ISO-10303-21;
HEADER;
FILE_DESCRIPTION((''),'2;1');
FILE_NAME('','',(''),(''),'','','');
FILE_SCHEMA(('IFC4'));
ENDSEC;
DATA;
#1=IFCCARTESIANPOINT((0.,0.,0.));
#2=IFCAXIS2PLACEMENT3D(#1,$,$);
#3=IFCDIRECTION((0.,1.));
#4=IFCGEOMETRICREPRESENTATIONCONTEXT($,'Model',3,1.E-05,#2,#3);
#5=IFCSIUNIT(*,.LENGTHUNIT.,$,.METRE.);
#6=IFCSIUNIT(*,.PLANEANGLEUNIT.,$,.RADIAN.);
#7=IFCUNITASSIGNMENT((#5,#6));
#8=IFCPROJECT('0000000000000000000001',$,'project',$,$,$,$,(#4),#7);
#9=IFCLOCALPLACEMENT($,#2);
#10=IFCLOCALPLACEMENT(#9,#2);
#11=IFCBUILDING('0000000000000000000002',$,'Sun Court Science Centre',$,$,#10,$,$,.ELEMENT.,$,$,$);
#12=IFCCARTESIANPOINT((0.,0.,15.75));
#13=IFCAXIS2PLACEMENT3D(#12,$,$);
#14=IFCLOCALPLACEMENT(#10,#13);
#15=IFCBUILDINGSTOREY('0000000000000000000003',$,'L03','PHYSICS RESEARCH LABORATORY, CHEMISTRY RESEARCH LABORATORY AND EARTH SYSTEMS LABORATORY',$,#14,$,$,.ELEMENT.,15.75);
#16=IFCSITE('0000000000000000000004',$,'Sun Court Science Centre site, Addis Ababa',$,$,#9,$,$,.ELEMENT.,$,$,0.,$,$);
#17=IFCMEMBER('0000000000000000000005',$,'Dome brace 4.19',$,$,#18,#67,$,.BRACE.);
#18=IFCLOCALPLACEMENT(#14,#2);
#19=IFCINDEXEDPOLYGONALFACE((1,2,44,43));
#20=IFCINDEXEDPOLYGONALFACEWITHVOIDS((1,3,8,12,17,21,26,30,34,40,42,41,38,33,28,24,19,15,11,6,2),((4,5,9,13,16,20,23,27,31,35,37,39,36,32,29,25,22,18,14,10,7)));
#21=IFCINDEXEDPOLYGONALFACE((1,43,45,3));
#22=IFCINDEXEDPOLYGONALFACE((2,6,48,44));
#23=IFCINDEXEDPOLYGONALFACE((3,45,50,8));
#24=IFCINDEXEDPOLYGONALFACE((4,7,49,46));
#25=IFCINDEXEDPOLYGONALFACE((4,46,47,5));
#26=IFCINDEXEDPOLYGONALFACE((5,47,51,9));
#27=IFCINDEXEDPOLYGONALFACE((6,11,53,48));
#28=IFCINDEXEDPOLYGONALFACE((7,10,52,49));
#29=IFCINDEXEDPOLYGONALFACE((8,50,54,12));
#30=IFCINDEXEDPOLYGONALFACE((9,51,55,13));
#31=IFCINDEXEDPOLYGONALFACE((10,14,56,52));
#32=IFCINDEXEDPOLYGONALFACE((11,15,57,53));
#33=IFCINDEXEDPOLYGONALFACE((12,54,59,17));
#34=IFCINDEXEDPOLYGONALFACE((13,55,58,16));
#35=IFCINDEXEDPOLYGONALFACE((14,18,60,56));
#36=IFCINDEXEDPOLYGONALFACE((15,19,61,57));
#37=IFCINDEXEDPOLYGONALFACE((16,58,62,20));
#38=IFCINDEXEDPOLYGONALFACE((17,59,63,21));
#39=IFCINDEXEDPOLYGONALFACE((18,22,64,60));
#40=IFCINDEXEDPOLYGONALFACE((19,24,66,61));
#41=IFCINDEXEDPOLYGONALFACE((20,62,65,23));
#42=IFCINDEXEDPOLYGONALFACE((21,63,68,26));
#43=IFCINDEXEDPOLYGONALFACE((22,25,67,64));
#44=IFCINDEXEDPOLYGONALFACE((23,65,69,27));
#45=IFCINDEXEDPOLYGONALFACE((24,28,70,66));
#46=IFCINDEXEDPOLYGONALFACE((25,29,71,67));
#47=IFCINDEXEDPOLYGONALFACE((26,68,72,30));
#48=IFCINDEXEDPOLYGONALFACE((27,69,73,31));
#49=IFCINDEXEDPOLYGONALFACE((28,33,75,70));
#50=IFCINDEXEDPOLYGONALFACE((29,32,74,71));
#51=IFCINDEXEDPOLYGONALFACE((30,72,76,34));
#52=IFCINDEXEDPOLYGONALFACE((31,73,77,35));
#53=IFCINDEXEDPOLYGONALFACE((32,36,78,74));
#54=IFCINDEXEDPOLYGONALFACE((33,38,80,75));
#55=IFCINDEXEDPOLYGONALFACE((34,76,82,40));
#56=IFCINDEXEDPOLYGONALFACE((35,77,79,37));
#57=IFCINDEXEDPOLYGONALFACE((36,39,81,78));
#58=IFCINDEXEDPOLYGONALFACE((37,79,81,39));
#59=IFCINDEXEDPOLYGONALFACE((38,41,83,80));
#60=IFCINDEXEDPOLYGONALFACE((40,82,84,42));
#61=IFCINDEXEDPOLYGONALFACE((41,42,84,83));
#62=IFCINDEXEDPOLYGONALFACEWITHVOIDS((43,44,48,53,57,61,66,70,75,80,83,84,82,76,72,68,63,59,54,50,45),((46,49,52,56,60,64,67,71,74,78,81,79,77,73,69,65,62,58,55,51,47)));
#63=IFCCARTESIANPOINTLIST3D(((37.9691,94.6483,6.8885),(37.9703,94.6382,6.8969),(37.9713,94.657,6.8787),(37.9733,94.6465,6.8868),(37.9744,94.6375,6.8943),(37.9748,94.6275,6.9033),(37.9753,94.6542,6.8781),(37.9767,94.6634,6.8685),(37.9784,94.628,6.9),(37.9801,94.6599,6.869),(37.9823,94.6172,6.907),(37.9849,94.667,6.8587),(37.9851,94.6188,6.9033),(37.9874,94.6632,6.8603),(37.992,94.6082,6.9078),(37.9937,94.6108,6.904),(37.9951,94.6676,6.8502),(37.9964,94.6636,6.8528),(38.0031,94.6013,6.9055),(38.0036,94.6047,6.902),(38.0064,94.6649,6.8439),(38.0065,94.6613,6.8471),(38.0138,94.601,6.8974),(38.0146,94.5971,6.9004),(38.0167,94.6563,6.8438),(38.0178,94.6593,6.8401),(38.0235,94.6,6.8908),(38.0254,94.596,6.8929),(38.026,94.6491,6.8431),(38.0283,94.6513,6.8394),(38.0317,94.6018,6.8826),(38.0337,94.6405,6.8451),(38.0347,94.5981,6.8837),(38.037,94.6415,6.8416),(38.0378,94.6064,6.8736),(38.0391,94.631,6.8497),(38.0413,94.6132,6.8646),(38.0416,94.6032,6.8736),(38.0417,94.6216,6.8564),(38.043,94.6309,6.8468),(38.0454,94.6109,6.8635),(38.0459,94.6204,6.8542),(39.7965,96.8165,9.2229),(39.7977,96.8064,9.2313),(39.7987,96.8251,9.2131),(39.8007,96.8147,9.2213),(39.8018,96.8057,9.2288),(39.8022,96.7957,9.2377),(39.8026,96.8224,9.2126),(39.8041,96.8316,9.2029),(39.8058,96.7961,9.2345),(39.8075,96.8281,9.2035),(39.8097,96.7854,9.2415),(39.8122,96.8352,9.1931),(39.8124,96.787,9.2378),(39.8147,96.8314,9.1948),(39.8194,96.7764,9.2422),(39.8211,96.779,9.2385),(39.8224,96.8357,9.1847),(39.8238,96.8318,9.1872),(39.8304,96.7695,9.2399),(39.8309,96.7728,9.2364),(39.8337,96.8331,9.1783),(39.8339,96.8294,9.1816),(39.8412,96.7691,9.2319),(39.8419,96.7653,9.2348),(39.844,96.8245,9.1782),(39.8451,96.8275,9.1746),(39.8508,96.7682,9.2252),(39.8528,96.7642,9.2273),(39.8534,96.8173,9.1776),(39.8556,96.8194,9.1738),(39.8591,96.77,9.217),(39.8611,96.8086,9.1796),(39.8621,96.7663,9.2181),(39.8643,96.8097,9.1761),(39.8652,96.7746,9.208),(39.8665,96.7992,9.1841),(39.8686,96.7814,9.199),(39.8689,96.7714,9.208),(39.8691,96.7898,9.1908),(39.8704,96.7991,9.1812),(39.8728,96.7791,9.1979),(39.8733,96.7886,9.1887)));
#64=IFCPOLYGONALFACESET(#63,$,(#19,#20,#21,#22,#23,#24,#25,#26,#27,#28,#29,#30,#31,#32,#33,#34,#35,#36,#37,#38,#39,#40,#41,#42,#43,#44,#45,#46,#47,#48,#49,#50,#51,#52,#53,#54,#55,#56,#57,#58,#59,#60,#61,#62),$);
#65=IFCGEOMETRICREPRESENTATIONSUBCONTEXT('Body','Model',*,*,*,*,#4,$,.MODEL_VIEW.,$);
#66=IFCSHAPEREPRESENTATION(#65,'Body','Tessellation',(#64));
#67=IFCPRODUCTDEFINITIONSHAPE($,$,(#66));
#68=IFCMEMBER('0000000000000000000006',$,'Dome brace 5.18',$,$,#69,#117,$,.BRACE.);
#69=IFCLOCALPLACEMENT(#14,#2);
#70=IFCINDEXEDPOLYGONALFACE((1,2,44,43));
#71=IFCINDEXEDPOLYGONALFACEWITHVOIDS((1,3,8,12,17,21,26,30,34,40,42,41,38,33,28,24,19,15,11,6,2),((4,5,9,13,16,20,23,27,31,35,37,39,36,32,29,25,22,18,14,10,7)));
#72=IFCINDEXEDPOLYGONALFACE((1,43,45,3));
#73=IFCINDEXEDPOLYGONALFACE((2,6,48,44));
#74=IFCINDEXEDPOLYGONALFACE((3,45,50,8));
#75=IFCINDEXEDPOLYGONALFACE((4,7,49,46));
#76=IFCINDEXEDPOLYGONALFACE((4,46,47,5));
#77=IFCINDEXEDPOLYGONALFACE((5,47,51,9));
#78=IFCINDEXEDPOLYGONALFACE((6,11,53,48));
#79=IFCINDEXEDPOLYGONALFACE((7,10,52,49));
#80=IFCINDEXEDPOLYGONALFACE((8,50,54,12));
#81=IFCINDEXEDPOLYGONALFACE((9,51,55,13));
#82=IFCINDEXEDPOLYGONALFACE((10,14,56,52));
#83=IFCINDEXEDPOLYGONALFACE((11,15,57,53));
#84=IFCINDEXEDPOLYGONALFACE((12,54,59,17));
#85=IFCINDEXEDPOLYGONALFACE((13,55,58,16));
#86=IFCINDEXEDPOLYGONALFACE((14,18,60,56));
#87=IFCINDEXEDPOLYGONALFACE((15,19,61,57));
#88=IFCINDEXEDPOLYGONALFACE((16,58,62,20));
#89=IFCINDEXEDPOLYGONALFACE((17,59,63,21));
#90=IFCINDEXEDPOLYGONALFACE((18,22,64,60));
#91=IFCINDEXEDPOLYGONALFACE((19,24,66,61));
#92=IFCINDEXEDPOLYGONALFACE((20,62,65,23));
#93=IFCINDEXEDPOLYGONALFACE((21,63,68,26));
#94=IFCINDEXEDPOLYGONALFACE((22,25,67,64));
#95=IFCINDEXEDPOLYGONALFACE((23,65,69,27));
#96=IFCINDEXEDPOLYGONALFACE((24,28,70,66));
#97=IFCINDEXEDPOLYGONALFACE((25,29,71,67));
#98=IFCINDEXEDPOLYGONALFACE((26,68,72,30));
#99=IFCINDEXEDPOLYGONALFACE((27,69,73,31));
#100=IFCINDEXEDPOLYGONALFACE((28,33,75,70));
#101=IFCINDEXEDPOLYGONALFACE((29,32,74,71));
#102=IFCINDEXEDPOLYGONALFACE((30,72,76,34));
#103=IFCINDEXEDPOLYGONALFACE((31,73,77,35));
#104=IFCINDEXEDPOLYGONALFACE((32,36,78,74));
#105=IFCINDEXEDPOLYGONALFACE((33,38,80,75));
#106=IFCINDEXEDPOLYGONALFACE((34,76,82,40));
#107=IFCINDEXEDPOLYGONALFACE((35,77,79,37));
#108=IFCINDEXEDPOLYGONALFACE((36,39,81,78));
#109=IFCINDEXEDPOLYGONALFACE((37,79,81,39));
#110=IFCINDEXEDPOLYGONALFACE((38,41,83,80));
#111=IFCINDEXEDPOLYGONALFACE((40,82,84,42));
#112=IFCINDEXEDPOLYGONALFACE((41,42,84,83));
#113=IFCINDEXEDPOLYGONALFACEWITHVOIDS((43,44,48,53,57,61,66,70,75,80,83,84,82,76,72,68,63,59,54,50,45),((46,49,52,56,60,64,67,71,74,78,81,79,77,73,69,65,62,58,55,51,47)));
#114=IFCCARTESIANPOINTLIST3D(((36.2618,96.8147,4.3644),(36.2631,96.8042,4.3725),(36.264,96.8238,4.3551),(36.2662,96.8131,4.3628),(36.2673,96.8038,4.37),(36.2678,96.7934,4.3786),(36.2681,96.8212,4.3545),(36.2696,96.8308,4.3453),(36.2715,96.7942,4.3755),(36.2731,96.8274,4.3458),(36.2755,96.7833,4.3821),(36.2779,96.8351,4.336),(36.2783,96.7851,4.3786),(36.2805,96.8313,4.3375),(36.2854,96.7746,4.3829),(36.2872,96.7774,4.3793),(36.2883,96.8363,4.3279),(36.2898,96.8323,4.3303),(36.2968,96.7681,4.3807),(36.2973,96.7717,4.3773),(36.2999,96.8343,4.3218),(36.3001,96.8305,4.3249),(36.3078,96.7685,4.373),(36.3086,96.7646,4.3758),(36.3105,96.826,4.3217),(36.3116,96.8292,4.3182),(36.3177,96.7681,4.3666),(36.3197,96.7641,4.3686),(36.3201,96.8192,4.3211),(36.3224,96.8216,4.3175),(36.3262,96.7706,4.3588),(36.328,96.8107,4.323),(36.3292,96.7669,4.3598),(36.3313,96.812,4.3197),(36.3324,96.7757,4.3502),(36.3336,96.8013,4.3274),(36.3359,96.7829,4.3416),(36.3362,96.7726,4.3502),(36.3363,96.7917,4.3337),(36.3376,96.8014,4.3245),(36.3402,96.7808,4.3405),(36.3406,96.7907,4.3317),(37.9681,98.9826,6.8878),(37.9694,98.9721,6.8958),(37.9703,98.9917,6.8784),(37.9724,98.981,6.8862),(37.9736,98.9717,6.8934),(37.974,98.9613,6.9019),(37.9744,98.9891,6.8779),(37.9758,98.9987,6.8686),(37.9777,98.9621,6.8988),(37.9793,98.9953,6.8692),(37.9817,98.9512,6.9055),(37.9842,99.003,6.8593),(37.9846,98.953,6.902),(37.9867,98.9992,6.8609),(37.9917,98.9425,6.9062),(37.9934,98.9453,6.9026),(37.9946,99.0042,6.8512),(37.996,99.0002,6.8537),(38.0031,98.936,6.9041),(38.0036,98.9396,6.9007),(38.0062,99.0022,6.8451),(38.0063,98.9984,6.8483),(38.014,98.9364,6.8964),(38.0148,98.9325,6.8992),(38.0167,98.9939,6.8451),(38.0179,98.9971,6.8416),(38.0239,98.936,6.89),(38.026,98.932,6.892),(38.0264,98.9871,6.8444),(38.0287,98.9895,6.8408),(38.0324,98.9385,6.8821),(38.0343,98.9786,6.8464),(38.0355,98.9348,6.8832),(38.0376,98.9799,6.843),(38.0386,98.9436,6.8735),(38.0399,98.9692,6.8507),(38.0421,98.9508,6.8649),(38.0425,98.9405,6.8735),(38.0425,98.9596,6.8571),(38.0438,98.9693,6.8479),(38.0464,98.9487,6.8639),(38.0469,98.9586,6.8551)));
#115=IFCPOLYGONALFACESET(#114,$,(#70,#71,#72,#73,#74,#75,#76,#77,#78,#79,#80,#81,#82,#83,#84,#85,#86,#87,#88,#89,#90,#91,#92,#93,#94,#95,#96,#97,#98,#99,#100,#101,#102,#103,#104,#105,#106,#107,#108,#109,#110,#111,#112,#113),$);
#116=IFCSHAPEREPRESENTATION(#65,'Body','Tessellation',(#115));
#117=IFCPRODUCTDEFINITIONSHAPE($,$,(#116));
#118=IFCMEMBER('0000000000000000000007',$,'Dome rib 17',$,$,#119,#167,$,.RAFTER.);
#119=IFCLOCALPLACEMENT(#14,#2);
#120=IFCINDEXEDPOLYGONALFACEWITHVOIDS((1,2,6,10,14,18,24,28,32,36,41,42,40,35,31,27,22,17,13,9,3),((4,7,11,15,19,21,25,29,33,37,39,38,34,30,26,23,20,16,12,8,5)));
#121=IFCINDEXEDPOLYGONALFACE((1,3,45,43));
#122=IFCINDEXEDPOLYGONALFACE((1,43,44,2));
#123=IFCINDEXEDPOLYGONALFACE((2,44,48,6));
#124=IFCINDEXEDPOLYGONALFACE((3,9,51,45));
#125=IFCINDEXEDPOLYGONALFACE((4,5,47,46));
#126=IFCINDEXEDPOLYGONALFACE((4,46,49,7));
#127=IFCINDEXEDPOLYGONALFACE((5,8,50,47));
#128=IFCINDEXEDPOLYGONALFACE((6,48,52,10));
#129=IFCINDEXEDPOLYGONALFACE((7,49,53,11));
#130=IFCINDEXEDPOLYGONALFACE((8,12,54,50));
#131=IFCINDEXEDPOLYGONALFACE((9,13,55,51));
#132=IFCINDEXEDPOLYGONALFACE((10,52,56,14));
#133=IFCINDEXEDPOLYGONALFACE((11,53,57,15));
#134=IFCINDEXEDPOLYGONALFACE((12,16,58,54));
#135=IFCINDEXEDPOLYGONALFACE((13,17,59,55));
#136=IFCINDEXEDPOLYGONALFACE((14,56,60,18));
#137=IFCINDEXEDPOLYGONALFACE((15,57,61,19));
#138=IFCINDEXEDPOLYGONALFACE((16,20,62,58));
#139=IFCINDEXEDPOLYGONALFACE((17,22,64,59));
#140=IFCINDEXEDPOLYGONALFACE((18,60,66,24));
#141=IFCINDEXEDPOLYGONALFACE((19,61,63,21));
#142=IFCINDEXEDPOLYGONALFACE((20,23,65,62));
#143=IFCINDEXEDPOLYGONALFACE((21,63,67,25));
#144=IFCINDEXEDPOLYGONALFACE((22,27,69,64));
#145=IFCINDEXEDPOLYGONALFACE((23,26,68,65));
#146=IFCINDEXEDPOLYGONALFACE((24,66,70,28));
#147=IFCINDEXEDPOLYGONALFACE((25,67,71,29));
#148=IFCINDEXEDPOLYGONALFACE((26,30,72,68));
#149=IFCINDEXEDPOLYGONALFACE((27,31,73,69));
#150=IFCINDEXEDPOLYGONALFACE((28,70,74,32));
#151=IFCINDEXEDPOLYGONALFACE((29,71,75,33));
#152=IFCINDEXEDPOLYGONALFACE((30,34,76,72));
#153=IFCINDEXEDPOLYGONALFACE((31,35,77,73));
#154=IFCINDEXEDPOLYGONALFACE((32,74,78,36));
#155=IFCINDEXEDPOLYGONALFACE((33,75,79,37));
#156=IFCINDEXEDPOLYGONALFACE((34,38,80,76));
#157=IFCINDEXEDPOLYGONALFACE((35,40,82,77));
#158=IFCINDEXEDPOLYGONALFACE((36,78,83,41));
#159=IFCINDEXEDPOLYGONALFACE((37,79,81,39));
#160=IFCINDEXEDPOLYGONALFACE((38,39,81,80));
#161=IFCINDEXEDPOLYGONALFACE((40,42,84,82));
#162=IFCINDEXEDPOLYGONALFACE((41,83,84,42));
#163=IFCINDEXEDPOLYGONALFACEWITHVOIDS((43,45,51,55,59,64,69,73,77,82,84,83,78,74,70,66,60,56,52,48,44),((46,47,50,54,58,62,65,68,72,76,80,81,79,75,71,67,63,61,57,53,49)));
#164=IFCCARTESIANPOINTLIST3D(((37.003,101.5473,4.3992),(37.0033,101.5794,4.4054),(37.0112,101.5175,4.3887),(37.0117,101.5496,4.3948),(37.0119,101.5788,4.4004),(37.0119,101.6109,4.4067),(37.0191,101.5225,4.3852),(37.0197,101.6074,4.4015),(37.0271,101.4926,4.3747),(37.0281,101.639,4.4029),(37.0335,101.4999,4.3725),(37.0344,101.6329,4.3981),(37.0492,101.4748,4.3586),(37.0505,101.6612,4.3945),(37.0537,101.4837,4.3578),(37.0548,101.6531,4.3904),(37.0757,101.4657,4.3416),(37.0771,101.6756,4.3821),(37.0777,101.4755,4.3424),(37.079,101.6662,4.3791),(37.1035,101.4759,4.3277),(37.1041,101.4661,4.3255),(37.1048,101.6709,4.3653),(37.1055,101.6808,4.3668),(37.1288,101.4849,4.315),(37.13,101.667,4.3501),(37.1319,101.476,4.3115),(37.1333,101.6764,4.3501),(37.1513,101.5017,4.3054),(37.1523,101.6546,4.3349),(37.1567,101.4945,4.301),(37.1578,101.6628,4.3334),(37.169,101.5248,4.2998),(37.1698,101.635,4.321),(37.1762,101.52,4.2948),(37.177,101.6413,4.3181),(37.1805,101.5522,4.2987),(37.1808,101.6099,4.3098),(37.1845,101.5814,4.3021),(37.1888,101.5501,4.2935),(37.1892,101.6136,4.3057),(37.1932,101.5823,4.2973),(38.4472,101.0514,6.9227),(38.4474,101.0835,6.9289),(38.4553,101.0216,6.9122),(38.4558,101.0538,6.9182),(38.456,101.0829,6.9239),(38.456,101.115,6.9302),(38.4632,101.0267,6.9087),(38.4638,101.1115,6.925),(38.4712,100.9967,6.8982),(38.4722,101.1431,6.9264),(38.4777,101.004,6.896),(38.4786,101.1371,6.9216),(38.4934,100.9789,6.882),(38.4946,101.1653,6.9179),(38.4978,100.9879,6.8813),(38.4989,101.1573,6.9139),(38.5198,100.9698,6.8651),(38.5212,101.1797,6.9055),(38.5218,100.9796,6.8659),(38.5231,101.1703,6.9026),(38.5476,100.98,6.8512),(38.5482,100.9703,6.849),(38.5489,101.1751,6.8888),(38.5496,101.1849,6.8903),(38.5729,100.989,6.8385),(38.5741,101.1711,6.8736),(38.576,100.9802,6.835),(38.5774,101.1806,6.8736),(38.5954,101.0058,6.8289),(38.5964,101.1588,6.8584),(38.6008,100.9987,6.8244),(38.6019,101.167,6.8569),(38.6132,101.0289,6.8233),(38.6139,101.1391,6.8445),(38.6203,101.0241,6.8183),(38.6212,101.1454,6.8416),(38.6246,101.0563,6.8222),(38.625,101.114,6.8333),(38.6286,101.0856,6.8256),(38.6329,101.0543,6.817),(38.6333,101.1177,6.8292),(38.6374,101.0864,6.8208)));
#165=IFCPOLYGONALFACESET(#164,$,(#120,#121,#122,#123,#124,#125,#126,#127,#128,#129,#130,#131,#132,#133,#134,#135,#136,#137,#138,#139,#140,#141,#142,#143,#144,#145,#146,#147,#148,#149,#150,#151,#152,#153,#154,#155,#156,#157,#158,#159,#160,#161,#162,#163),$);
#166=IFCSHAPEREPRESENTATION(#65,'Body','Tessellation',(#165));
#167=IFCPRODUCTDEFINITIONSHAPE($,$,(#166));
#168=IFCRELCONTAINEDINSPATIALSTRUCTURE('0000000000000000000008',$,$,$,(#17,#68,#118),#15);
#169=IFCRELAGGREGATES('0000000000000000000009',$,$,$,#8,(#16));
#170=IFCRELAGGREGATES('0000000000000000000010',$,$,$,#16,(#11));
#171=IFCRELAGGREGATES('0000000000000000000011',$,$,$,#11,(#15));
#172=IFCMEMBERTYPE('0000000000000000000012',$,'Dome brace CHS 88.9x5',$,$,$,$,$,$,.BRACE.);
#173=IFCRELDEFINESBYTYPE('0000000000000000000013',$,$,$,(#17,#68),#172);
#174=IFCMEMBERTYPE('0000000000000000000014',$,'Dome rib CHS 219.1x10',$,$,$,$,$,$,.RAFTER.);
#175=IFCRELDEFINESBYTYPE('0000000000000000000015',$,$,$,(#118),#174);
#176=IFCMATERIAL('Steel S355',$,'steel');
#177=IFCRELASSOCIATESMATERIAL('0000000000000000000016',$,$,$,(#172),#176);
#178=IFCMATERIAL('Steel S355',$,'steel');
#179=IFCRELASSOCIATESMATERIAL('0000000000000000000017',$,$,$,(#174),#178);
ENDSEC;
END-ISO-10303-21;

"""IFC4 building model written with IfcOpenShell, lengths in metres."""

from ifc_helpers import new_model, si_unit, direction, frame, origin, origin_2d, place, context, subcontext, project, spatial, hollow_circle, extrude, material, material_profile, profile_set, type_object, element, save


model = new_model("IFC4")

# Units and contexts
model_context = context("Model", 3, precision=1e-05, world=origin(), true_north=direction((0.0, 1.0)))
body_context = subcontext(model_context, "Body", "Model", "MODEL_VIEW")
ifc_project = project(units=[si_unit("LENGTHUNIT", "METRE"), si_unit("PLANEANGLEUNIT", "RADIAN")], contexts=[model_context])

# Site, building, storey
site_placement = place(None, origin())
site = spatial("IfcSite", under=ifc_project, at=site_placement, Name="Sun Court Science Centre site, Addis Ababa", CompositionType="ELEMENT", RefElevation=0.0)
building_placement = place(site_placement, origin())
building = spatial("IfcBuilding", under=site, at=building_placement, Name="Sun Court Science Centre", CompositionType="ELEMENT")
storey_placement = place(building_placement, frame((0.0, 0.0, 15.75)))
storey = spatial("IfcBuildingStorey", under=building, at=storey_placement, Name="L03", Description="PHYSICS RESEARCH LABORATORY, CHEMISTRY RESEARCH LABORATORY AND EARTH SYSTEMS LABORATORY", CompositionType="ELEMENT", Elevation=15.75)

# Members
ifc_material_1 = material(Name="Steel S355", Category="steel")
ifc_material_profile_1 = material_profile(ifc_material_1, hollow_circle(Radius=0.0444, WallThickness=0.0049, at=origin_2d()), Name="CHS 88.9x5")
ifc_profile_set_1 = profile_set([ifc_material_profile_1], Name="Steel S355")
member_type_1 = type_object("IfcMemberType", Name="Dome brace CHS 88.9x5", PredefinedType="BRACE", material=ifc_profile_set_1)
member_1_placement = place(storey_placement, frame((39.835, 96.8, 9.208), z_axis=(-0.497533, -0.590326, -0.635592), x_axis=(0.764645, -0.644451, 0.0)))
element("IfcMember", 1, at=member_1_placement, inside=storey, type_object=member_type_1, Name="Dome brace 4.19", PredefinedType="BRACE", context=body_context, shape_type="SweptSolid", body=[
    extrude(hollow_circle(Radius=0.0444, WallThickness=0.0049, at=origin_2d()), origin(), (0.0, 0.0, 1.0), 3.6729),
])
member_2_placement = place(storey_placement, frame((38.0076, 98.968, 6.8735), z_axis=(-0.456365, -0.579843, -0.674917), x_axis=(0.785808, -0.61847, 0.0)))
element("IfcMember", 2, at=member_2_placement, inside=storey, type_object=member_type_1, Name="Dome brace 5.18", PredefinedType="BRACE", context=body_context, shape_type="SweptSolid", body=[
    extrude(hollow_circle(Radius=0.0444, WallThickness=0.0049, at=origin_2d()), origin(), (0.0, 0.0, 1.0), 3.7388),
])
ifc_material_2 = material(Name="Steel S355", Category="steel")
ifc_material_profile_2 = material_profile(ifc_material_2, hollow_circle(Radius=0.1096, WallThickness=0.01, at=origin_2d()), Name="CHS 219.1x10")
ifc_profile_set_2 = profile_set([ifc_material_profile_2], Name="Steel S355")
member_type_2 = type_object("IfcMemberType", Name="Dome rib CHS 219.1x10", PredefinedType="RAFTER", material=ifc_profile_set_2)
member_3_placement = place(storey_placement, frame((37.0977, 101.5728, 4.3501), z_axis=(0.489621, -0.168118, 0.855574), x_axis=(0.324754, 0.945799, 0.0)))
element("IfcMember", 3, at=member_3_placement, inside=storey, type_object=member_type_2, Name="Dome rib 17", PredefinedType="RAFTER", context=body_context, shape_type="SweptSolid", body=[
    extrude(hollow_circle(Radius=0.1096, WallThickness=0.01, at=origin_2d()), origin(), (0.0, 0.0, 1.0), 2.9495),
])

save(model, "model.ifc")
